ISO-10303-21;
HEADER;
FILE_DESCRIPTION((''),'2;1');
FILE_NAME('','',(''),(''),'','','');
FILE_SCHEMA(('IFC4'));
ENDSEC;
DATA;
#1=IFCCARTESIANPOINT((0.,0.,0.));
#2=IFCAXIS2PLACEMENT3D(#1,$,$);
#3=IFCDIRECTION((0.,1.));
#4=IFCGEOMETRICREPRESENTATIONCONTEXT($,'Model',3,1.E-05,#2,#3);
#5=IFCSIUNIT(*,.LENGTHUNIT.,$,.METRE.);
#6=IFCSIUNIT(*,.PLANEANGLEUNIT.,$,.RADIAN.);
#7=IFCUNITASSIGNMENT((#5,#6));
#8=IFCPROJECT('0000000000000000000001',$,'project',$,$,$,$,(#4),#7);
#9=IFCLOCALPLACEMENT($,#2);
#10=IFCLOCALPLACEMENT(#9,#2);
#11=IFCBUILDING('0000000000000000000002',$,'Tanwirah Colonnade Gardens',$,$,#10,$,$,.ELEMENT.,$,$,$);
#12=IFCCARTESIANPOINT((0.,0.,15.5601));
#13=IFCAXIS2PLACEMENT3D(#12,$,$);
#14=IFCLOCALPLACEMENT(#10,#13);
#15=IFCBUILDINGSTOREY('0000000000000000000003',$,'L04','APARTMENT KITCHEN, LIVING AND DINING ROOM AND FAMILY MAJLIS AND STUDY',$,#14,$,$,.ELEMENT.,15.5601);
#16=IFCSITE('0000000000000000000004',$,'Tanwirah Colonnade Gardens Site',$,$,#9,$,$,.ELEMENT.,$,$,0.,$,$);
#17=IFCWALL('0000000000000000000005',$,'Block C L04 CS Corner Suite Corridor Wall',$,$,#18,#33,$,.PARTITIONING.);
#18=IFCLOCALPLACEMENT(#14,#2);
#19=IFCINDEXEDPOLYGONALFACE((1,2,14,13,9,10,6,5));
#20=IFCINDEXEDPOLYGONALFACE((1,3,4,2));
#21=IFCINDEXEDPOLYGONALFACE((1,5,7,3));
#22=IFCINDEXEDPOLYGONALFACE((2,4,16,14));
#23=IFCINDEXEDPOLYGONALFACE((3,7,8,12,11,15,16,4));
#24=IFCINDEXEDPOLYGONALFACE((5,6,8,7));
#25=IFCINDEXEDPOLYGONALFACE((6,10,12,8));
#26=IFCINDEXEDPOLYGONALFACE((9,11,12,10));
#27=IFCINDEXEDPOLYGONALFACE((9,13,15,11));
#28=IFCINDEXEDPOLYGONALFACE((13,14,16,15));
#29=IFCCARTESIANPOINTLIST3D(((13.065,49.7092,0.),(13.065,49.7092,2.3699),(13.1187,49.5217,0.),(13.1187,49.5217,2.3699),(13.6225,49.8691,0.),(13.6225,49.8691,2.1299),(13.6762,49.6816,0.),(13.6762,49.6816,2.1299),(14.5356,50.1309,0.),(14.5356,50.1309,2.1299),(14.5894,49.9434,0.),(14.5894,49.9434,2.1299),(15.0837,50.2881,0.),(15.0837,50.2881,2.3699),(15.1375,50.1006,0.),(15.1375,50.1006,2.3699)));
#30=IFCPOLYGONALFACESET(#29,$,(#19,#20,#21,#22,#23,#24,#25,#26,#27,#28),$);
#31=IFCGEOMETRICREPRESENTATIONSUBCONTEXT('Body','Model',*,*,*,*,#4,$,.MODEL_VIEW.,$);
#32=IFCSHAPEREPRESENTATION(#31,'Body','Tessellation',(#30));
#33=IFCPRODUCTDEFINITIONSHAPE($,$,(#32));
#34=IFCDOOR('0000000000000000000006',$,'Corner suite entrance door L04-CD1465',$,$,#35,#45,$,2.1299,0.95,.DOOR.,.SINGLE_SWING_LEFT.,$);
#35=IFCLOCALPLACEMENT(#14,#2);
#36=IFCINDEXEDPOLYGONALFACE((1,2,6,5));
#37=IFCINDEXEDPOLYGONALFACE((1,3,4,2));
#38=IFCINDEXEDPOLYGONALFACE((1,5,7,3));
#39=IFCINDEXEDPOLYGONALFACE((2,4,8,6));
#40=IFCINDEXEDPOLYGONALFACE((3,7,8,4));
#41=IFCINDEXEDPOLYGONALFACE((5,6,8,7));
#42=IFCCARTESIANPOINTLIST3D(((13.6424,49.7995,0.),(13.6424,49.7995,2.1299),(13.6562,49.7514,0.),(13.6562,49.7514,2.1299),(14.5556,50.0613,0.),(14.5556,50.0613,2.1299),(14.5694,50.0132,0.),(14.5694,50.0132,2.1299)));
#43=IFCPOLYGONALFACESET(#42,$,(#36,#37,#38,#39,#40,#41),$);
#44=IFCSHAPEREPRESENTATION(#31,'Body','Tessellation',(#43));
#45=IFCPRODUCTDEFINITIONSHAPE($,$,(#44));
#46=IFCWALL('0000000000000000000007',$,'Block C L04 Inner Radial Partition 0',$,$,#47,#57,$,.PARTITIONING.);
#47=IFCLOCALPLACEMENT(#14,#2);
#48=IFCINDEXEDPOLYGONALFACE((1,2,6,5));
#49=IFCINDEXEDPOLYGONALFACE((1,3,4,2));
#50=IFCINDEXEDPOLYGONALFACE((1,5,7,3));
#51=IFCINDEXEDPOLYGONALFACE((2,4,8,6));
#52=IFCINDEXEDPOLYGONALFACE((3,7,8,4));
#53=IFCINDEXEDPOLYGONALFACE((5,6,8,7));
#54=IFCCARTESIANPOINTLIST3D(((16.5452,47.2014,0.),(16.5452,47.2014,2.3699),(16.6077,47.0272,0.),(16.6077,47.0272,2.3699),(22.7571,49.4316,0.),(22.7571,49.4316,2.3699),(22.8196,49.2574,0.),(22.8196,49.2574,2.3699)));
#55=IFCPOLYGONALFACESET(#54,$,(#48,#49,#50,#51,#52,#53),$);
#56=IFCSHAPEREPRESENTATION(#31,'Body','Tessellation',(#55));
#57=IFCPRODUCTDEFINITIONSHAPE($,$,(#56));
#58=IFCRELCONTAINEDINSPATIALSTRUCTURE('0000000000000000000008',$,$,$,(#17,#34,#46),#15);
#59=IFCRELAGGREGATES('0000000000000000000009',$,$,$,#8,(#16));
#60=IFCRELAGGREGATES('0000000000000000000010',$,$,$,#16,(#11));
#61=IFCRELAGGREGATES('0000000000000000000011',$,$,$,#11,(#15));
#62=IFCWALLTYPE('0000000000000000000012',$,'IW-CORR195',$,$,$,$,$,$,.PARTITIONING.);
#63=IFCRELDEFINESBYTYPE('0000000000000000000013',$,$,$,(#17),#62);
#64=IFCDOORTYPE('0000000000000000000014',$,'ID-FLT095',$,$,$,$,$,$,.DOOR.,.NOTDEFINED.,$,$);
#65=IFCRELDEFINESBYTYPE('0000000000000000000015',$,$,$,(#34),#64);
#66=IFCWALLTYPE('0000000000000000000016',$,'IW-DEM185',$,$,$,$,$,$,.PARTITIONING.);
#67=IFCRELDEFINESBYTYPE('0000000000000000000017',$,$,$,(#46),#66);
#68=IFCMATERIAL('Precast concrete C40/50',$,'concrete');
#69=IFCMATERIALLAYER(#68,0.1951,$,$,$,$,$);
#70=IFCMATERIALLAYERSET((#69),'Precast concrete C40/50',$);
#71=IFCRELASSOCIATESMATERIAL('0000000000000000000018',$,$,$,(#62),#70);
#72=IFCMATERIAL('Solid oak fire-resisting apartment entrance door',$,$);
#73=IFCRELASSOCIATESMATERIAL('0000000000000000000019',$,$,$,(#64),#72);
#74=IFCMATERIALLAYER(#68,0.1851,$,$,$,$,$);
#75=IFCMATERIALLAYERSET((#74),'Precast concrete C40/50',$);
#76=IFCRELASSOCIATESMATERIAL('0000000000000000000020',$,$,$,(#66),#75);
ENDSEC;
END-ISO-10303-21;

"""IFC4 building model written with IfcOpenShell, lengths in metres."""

from ifc_helpers import new_model, si_unit, direction, frame, frame_2d, origin, place, context, subcontext, project, spatial, rectangle, extrude, material, layer, layer_set, type_object, element, fill, save


model = new_model("IFC4")

# Units and contexts
model_context = context("Model", 3, precision=1e-05, world=origin(), true_north=direction((0.0, 1.0)))
body_context = subcontext(model_context, "Body", "Model", "MODEL_VIEW")
ifc_project = project(units=[si_unit("LENGTHUNIT", "METRE"), si_unit("PLANEANGLEUNIT", "RADIAN")], contexts=[model_context])

# Site, building, storey
site_placement = place(None, origin())
site = spatial("IfcSite", under=ifc_project, at=site_placement, Name="Tanwirah Colonnade Gardens Site", CompositionType="ELEMENT", RefElevation=0.0)
building_placement = place(site_placement, origin())
building = spatial("IfcBuilding", under=site, at=building_placement, Name="Tanwirah Colonnade Gardens", CompositionType="ELEMENT")
storey_placement = place(building_placement, frame((0.0, 0.0, 15.5601)))
storey = spatial("IfcBuildingStorey", under=building, at=storey_placement, Name="L04", Description="APARTMENT KITCHEN, LIVING AND DINING ROOM AND FAMILY MAJLIS AND STUDY", CompositionType="ELEMENT", Elevation=15.5601)

# Shared definitions
ifc_material_1 = material(Name="Precast concrete C40/50", Category="concrete")

# Wall, opening, door
ifc_layer_1 = layer(ifc_material_1, 0.1951)
ifc_layer_set_1 = layer_set([ifc_layer_1], Name="Precast concrete C40/50")
wall_type_1 = type_object("IfcWallType", Name="IW-CORR195", PredefinedType="PARTITIONING", material=ifc_layer_set_1)
ifc_material_2 = material(Name="Solid oak fire-resisting apartment entrance door")
door_type = type_object("IfcDoorType", Name="ID-FLT095", OperationType="NOTDEFINED", PredefinedType="DOOR", material=ifc_material_2)
wall_1_placement = place(storey_placement, frame((15.1106, 50.1943, 0.0), z_axis=(0.0, 0.0, 1.0), x_axis=(-0.961265, -0.275627, 0.0)))
wall_1 = element("IfcWall", 1, at=wall_1_placement, inside=storey, type_object=wall_type_1, Name="Block C L04 CS Corner Suite Corridor Wall", PredefinedType="PARTITIONING", context=body_context, shape_type="SweptSolid", body=[
    extrude(rectangle(XDim=2.1001, YDim=0.1951, at=frame_2d((1.05, 0.0))), origin(), (0.0, 0.0, 1.0), 2.3699),
])
opening_1_placement = place(wall_1_placement, frame((0.5701, 0.0, 0.0)))
opening_1 = element("IfcOpeningElement", 2, at=opening_1_placement, cuts=wall_1, PredefinedType="OPENING", context=body_context, shape_type="SweptSolid", body=[
    extrude(rectangle(XDim=0.95, YDim=2.1299, at=frame_2d((0.4751, 1.0649))), frame((0.0, 0.1074, 0.0), z_axis=(0.0, -1.0, 0.0), x_axis=(1.0, 0.0, 0.0)), (0.0, 0.0, 1.0), 0.2151),
])
door_1_placement = place(opening_1_placement, origin())
door_1 = element("IfcDoor", 3, at=door_1_placement, inside=storey, type_object=door_type, Name="Corner suite entrance door L04-CD1465", OperationType="SINGLE_SWING_LEFT", OverallHeight=2.1299, OverallWidth=0.95, PredefinedType="DOOR", context=body_context, shape_type="SweptSolid", body=[
    extrude(rectangle(XDim=0.95, YDim=2.1299, at=frame_2d((0.4751, 1.0649))), frame((0.0, 0.0249, 0.0), z_axis=(0.0, -1.0, 0.0), x_axis=(1.0, 0.0, 0.0)), (0.0, 0.0, 1.0), 0.05),
])
fill(opening_1, door_1)

# Wall
ifc_layer_2 = layer(ifc_material_1, 0.1851)
ifc_layer_set_2 = layer_set([ifc_layer_2], Name="Precast concrete C40/50")
wall_type_2 = type_object("IfcWallType", Name="IW-DEM185", PredefinedType="PARTITIONING", material=ifc_layer_set_2)
wall_2_placement = place(storey_placement, frame((22.7883, 49.3445, 0.0), z_axis=(0.0, 0.0, 1.0), x_axis=(-0.94118, -0.337906, 0.0)))
element("IfcWall", 4, at=wall_2_placement, inside=storey, type_object=wall_type_2, Name="Block C L04 Inner Radial Partition 0", PredefinedType="PARTITIONING", context=body_context, shape_type="SweptSolid", body=[
    extrude(rectangle(XDim=6.6001, YDim=0.1851, at=frame_2d((3.3, 0.0))), origin(), (0.0, 0.0, 1.0), 2.3699),
])

save(model, "model.ifc")
